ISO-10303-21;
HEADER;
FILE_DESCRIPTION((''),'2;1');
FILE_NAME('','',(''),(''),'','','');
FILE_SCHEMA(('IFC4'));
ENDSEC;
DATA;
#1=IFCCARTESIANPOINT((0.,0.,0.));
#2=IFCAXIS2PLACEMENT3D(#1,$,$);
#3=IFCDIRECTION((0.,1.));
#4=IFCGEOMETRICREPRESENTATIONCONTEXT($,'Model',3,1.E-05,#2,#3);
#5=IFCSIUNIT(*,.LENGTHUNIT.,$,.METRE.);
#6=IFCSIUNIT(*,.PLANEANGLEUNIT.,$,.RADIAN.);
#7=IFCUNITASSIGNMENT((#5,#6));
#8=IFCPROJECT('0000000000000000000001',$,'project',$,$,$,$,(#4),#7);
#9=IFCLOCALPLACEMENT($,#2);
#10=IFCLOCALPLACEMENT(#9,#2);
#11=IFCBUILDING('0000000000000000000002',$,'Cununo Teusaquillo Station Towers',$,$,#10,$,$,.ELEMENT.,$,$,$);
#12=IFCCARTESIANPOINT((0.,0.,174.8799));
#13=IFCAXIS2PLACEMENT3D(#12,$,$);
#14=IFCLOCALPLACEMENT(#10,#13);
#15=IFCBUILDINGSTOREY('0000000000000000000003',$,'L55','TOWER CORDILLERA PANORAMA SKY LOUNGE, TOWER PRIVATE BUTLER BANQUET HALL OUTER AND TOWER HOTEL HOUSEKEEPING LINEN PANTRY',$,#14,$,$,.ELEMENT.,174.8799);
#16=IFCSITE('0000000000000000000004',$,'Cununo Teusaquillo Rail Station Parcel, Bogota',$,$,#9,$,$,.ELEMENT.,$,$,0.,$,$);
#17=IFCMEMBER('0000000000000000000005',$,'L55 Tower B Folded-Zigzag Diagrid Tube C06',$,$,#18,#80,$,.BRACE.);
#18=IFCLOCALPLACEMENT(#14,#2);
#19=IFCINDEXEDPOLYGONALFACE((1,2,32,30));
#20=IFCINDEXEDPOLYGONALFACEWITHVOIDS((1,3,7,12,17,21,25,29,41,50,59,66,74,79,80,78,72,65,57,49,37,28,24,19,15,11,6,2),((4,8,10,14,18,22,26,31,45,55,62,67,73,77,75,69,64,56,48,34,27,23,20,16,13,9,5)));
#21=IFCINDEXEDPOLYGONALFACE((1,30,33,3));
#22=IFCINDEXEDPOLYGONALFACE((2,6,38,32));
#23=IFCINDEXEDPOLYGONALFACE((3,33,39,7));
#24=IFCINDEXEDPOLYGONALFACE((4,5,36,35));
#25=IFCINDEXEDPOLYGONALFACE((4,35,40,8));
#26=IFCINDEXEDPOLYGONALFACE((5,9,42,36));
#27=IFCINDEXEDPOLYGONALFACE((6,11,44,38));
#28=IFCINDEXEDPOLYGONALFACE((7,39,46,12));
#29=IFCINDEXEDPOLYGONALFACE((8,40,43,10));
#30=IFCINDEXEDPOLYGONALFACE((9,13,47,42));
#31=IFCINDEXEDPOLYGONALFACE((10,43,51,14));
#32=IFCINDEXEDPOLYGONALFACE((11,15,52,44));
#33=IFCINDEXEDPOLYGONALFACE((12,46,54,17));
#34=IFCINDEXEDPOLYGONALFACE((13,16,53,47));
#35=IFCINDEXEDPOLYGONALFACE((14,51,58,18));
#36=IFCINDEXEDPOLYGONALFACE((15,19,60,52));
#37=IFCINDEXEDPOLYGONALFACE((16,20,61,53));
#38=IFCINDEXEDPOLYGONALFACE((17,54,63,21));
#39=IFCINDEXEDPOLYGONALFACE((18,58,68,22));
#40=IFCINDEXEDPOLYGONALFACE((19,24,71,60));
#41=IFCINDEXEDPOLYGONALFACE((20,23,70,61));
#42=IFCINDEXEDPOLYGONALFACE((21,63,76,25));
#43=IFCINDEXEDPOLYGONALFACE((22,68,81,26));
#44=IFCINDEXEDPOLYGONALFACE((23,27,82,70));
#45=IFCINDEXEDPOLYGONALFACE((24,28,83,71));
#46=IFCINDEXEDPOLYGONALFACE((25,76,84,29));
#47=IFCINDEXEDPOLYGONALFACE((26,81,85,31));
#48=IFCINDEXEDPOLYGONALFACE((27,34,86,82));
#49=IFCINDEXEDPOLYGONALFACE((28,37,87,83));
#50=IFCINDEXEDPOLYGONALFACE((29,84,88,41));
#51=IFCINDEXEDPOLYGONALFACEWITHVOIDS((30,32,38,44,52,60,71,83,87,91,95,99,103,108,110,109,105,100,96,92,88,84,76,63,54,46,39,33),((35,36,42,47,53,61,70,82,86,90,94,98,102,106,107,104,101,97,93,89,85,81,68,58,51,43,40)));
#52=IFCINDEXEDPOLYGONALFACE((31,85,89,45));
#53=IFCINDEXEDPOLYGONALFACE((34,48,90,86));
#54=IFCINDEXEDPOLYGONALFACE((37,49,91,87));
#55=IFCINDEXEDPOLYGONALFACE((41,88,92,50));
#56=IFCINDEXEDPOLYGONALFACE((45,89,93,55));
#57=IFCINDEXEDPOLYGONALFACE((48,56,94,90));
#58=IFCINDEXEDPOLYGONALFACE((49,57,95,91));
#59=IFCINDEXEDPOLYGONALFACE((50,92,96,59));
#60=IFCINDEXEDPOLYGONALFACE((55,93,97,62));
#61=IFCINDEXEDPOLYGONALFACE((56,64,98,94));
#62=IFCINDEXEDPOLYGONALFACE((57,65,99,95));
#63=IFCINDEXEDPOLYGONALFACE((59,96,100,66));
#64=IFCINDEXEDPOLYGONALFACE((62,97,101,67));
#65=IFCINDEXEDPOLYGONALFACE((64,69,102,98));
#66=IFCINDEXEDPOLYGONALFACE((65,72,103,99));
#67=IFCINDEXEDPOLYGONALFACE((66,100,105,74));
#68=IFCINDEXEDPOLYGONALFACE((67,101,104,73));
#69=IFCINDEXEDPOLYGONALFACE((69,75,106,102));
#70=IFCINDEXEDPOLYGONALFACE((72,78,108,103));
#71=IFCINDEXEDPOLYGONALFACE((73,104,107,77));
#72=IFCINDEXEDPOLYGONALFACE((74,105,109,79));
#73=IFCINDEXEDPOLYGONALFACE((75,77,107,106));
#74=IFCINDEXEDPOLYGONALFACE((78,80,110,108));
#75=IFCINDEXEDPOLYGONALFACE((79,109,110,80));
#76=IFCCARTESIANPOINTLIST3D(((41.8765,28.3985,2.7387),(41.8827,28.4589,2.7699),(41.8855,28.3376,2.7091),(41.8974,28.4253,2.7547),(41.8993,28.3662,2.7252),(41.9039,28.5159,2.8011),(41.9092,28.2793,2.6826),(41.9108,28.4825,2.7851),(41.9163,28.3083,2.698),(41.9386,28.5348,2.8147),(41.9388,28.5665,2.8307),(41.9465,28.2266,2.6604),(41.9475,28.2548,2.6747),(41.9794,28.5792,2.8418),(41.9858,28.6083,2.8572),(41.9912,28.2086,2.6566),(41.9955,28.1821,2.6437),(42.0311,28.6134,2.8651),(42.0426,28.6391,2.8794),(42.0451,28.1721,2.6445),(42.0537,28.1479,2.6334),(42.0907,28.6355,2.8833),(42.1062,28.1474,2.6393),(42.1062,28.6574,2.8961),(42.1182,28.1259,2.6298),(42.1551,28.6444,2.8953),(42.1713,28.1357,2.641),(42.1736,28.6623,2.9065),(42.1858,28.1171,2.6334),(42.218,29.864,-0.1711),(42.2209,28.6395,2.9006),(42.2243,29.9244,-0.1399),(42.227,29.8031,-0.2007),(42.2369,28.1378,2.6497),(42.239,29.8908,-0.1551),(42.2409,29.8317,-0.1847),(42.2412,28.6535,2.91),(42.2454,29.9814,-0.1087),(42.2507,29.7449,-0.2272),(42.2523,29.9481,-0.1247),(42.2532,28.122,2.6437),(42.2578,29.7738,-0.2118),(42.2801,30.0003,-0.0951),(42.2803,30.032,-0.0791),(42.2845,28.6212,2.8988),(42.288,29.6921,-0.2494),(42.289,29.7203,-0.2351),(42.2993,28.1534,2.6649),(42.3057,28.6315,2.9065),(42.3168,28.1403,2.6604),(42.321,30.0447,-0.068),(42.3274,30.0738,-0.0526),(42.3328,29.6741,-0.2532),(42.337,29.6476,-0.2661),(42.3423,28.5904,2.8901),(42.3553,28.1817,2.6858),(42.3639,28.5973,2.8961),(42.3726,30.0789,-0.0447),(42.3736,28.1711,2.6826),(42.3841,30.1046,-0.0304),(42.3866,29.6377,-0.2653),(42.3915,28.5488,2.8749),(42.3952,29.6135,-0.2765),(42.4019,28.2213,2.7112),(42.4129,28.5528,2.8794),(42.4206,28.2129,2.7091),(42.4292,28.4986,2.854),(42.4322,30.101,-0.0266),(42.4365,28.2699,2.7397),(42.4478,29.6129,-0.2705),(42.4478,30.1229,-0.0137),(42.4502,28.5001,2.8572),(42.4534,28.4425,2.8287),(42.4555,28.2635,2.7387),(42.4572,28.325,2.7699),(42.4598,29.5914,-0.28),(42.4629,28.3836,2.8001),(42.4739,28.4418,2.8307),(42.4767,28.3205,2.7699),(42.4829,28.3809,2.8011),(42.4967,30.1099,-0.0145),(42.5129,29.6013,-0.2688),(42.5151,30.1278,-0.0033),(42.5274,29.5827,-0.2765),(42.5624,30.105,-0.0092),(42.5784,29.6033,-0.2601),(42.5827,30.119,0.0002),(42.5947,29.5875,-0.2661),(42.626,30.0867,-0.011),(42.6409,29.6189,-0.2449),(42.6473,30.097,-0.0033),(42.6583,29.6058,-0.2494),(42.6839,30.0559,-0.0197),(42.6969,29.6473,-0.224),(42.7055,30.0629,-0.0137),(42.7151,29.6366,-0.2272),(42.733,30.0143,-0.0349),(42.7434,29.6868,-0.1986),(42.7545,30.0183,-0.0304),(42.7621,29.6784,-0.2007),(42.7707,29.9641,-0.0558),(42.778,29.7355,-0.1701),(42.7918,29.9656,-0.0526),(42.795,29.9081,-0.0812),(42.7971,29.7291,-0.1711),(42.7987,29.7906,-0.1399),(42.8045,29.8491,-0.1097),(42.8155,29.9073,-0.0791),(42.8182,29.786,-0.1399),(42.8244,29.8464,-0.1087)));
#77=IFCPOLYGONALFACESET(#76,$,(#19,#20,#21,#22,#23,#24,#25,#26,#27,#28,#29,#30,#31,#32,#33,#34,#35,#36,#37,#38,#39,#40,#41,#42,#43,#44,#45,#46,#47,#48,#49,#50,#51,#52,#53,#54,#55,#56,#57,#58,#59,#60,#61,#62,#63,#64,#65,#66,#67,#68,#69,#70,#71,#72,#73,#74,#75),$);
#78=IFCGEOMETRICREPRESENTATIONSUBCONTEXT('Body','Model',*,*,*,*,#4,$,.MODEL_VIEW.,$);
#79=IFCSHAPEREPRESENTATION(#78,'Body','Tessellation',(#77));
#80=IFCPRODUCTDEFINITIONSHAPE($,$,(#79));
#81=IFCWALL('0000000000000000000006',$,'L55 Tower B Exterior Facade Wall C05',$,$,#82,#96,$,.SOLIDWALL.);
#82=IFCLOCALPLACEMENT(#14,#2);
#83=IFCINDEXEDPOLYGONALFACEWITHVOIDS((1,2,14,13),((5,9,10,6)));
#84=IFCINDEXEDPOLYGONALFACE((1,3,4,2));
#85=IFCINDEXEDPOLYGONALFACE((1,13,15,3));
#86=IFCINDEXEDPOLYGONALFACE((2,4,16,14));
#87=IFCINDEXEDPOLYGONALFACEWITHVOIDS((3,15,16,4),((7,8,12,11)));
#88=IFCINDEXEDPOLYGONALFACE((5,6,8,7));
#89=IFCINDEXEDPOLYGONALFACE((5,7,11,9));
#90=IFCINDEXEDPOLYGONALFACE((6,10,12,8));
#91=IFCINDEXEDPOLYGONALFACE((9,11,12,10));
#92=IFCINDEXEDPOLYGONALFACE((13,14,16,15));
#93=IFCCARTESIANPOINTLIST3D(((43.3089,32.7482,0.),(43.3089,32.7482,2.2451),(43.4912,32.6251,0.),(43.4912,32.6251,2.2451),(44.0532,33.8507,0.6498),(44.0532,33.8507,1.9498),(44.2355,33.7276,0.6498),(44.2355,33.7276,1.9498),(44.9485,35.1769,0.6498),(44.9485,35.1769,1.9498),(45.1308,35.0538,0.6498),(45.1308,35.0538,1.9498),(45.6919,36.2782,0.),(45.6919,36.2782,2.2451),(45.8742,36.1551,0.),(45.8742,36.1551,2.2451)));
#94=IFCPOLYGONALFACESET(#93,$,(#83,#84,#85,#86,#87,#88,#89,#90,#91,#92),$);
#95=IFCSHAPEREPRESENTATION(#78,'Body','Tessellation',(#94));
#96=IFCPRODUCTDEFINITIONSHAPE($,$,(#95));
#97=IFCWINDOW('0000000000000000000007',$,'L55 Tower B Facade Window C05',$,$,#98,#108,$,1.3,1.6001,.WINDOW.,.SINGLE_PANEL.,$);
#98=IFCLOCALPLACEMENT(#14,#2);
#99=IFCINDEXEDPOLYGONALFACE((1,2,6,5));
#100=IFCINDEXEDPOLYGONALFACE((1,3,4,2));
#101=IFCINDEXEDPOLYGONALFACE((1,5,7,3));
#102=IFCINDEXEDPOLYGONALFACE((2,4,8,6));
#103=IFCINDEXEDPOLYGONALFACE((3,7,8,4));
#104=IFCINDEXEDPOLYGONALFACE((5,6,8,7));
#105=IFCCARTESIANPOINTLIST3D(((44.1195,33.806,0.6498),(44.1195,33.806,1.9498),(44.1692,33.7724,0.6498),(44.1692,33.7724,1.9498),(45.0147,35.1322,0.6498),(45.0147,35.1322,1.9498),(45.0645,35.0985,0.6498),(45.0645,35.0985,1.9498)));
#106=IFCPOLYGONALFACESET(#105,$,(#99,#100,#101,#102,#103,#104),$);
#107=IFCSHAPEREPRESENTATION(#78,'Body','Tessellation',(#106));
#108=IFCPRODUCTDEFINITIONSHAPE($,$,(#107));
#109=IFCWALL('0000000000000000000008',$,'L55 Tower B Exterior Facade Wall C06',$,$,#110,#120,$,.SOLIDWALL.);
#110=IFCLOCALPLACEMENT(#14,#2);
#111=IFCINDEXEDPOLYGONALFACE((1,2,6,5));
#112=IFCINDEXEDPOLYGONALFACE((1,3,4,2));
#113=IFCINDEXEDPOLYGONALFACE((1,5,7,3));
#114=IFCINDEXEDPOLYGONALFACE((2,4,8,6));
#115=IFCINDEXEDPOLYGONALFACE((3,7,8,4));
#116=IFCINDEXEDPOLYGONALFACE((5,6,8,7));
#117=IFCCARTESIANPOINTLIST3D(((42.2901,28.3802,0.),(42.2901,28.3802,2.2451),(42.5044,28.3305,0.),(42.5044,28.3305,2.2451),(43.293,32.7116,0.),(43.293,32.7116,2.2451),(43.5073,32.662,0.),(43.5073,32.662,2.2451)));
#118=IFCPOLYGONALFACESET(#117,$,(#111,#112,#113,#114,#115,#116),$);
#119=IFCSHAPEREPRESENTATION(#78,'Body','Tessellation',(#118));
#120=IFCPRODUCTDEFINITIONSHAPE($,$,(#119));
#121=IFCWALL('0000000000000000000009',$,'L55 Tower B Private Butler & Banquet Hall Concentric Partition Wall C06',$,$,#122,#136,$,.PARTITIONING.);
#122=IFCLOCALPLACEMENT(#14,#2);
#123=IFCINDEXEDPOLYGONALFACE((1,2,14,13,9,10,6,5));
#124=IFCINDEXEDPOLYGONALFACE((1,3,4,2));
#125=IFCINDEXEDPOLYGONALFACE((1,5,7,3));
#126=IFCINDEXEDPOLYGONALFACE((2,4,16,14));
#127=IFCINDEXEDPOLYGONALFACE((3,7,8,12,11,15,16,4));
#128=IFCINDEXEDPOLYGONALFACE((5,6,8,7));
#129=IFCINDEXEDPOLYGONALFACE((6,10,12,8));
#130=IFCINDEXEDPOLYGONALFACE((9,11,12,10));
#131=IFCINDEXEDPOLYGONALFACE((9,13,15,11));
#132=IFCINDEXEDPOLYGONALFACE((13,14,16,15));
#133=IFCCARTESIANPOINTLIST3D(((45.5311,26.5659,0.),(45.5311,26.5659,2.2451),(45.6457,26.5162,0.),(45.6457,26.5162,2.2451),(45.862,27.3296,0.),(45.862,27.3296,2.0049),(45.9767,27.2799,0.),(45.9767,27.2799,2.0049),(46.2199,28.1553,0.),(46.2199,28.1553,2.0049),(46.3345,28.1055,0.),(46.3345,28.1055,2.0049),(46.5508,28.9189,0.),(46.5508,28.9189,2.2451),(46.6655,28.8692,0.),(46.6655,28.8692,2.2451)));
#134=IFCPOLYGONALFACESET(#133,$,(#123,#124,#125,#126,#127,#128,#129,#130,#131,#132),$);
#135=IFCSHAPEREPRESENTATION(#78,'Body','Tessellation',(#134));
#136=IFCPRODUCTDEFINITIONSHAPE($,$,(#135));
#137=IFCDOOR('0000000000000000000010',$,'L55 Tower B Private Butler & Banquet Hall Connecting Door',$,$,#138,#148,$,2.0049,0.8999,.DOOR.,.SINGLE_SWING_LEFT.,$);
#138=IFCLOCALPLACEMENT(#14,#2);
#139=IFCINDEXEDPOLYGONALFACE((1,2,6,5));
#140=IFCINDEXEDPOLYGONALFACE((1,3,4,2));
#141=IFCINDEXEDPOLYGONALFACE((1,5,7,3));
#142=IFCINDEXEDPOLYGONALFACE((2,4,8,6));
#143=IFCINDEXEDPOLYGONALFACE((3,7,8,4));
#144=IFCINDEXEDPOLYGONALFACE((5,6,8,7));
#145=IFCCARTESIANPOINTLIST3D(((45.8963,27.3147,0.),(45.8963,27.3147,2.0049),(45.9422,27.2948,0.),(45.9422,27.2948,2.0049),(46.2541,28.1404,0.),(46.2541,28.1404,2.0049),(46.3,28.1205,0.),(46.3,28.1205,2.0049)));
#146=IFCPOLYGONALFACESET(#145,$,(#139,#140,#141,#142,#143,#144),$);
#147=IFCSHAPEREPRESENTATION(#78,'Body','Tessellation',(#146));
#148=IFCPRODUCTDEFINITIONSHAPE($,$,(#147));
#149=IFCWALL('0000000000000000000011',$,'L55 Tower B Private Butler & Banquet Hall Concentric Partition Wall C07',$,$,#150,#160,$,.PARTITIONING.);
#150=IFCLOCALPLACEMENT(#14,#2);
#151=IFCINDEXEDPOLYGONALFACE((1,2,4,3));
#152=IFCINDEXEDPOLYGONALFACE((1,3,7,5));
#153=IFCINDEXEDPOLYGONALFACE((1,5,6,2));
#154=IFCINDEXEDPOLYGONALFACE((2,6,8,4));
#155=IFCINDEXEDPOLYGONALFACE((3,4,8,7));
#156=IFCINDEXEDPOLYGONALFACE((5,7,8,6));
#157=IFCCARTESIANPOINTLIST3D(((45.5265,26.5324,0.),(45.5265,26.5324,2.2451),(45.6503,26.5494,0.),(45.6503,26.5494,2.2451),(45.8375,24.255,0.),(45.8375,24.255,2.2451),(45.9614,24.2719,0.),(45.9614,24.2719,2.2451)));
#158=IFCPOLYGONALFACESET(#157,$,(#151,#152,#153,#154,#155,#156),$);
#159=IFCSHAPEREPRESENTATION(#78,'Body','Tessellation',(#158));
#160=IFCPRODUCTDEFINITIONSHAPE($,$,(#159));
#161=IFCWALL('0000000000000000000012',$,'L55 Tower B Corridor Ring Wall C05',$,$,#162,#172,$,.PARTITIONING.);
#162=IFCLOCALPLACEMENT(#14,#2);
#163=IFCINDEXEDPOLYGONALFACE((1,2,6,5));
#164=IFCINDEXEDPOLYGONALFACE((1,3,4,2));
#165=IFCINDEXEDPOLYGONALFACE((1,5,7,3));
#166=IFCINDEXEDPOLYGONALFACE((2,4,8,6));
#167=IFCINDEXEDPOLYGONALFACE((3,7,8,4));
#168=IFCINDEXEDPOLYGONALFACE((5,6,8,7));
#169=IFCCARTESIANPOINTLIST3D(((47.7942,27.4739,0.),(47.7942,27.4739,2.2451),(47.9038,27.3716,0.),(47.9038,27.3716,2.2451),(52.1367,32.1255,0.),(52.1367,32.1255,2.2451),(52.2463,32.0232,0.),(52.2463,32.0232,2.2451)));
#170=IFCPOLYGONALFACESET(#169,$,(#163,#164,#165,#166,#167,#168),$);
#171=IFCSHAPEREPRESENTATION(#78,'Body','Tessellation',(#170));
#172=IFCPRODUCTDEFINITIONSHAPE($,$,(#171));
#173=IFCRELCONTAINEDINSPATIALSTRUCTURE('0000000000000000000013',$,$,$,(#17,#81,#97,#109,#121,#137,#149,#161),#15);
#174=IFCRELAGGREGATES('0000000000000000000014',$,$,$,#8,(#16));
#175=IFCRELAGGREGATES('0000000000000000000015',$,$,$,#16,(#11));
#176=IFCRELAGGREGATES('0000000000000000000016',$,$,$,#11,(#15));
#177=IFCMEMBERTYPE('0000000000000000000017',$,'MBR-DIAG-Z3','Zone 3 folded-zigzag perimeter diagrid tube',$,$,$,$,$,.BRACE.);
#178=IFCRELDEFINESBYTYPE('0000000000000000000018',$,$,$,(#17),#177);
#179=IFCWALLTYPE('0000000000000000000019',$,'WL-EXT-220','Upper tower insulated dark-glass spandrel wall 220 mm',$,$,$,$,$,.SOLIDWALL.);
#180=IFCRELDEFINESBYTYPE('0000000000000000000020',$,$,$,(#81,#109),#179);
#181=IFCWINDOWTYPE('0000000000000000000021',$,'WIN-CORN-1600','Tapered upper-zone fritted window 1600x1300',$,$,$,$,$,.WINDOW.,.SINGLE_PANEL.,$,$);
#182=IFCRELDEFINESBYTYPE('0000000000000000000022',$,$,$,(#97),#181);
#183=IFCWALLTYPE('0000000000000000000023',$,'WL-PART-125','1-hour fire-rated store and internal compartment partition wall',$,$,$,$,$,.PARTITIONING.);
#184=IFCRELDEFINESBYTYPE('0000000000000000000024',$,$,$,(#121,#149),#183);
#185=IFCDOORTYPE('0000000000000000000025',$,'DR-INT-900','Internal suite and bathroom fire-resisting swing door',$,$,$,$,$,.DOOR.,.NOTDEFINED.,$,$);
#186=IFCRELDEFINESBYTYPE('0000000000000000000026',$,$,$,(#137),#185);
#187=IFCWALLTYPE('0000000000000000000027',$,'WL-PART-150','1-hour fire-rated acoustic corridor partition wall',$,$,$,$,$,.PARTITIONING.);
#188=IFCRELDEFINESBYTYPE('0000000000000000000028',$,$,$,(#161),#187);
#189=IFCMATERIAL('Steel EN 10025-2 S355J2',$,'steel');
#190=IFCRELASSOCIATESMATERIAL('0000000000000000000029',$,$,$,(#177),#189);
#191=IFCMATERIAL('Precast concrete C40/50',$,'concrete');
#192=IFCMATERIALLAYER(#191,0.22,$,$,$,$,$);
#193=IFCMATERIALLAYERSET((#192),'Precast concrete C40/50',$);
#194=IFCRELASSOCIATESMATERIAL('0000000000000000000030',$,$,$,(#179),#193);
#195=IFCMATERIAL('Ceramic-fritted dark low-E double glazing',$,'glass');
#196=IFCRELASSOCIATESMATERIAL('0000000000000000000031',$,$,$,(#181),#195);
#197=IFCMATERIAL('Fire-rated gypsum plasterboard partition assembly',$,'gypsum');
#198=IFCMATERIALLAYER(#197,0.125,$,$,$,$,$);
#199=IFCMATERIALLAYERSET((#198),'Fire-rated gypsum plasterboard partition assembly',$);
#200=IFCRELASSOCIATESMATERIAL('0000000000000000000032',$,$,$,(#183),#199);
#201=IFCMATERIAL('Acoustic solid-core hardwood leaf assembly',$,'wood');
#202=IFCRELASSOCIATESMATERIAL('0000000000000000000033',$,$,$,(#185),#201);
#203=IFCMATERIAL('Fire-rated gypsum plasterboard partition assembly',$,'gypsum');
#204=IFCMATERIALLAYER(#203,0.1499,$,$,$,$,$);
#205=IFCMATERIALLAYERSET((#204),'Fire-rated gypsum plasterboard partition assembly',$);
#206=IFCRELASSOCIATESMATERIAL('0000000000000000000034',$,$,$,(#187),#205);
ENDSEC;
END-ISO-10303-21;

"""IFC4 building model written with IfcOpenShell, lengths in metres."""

from ifc_helpers import new_model, si_unit, direction, frame, frame_2d, origin, origin_2d, place, context, subcontext, project, spatial, rectangle, hollow_circle, extrude, source, transform, mapped, material, layer, layer_set, material_profile, profile_set, type_object, element, fill, save


model = new_model("IFC4")

# Units and contexts
model_context = context("Model", 3, precision=1e-05, world=origin(), true_north=direction((0.0, 1.0)))
body_context = subcontext(model_context, "Body", "Model", "MODEL_VIEW")
ifc_project = project(units=[si_unit("LENGTHUNIT", "METRE"), si_unit("PLANEANGLEUNIT", "RADIAN")], contexts=[model_context])

# Site, building, storey
site_placement = place(None, origin())
site = spatial("IfcSite", under=ifc_project, at=site_placement, Name="Cununo Teusaquillo Rail Station Parcel, Bogota", CompositionType="ELEMENT", RefElevation=0.0)
building_placement = place(site_placement, origin())
building = spatial("IfcBuilding", under=site, at=building_placement, Name="Cununo Teusaquillo Station Towers", CompositionType="ELEMENT")
storey_placement = place(building_placement, frame((0.0, 0.0, 174.8799)))
storey = spatial("IfcBuildingStorey", under=building, at=storey_placement, Name="L55", Description="TOWER CORDILLERA PANORAMA SKY LOUNGE, TOWER PRIVATE BUTLER BANQUET HALL OUTER AND TOWER HOTEL HOUSEKEEPING LINEN PANTRY", CompositionType="ELEMENT", Elevation=174.8799)

# Member
ifc_material_1 = material(Name="Steel EN 10025-2 S355J2", Category="steel")
ifc_material_profile_1 = material_profile(ifc_material_1, hollow_circle(Radius=0.3049, WallThickness=0.02, at=origin_2d()), Name="CHS 610x20")
ifc_profile_set_1 = profile_set([ifc_material_profile_1], Name="Steel EN 10025-2 S355J2")
member_type = type_object("IfcMemberType", Name="MBR-DIAG-Z3", Description="Zone 3 folded-zigzag perimeter diagrid tube", PredefinedType="BRACE", material=ifc_profile_set_1)
member_placement = place(storey_placement, frame((42.5212, 29.8552, -0.1399), z_axis=(-0.104259, -0.447368, 0.888252), x_axis=(0.973902, -0.226968, 0.0)))
element("IfcMember", 1, at=member_placement, inside=storey, type_object=member_type, Name="L55 Tower B Folded-Zigzag Diagrid Tube C06", PredefinedType="BRACE", context=body_context, shape_type="SweptSolid", body=[
    extrude(hollow_circle(Radius=0.3049, WallThickness=0.02, at=origin_2d()), origin(), (0.0, 0.0, 1.0), 3.2759),
])

# Wall, opening, window
ifc_material_2 = material(Name="Precast concrete C40/50", Category="concrete")
ifc_layer_1 = layer(ifc_material_2, 0.22)
ifc_layer_set_1 = layer_set([ifc_layer_1], Name="Precast concrete C40/50")
wall_type_1 = type_object("IfcWallType", Name="WL-EXT-220", Description="Upper tower insulated dark-glass spandrel wall 220 mm", PredefinedType="SOLIDWALL", material=ifc_layer_set_1)
wall_1_placement = place(storey_placement, frame((43.4001, 32.6868, 0.0), z_axis=(0.0, 0.0, 1.0), x_axis=(0.559519, 0.828817, 0.0)))
wall_1 = element("IfcWall", 2, at=wall_1_placement, inside=storey, type_object=wall_type_1, Name="L55 Tower B Exterior Facade Wall C05", PredefinedType="SOLIDWALL", context=body_context, shape_type="SweptSolid", body=[
    extrude(rectangle(XDim=4.259, YDim=0.22, at=frame_2d((2.1294, 0.0))), origin(), (0.0, 0.0, 1.0), 2.2451),
])
shared_shape_1 = source(origin(), body_context, "Body", "SweptSolid", [
    extrude(rectangle(XDim=1.6001, YDim=1.3, at=frame_2d((0.8, 0.6499))), frame((0.0, 0.1199, 0.0), z_axis=(0.0, -1.0, 0.0), x_axis=(1.0, 0.0, 0.0)), (0.0, 0.0, 1.0), 0.24),
])
opening_1_placement = place(wall_1_placement, frame((1.3301, 0.0, 0.6499)))
opening_1 = element("IfcOpeningElement", 3, at=opening_1_placement, cuts=wall_1, PredefinedType="OPENING", context=body_context, shape_type="MappedRepresentation", body=[
    mapped(shared_shape_1, transform((0.0, 0.0, 0.0), x_axis=(1.0, 0.0, 0.0), y_axis=(0.0, 1.0, 0.0), z_axis=(0.0, 0.0, 1.0), scale=1.0)),
])
ifc_material_3 = material(Name="Ceramic-fritted dark low-E double glazing", Category="glass")
window_type = type_object("IfcWindowType", Name="WIN-CORN-1600", Description="Tapered upper-zone fritted window 1600x1300", PartitioningType="SINGLE_PANEL", PredefinedType="WINDOW", material=ifc_material_3)
shared_shape_2 = source(origin(), body_context, "Body", "SweptSolid", [
    extrude(rectangle(XDim=1.6001, YDim=1.3, at=frame_2d((0.8, 0.6499))), frame((0.0, 0.03, 0.0), z_axis=(0.0, -1.0, 0.0), x_axis=(1.0, 0.0, 0.0)), (0.0, 0.0, 1.0), 0.0601),
])
window_placement = place(opening_1_placement, origin())
window = element("IfcWindow", 4, at=window_placement, inside=storey, type_object=window_type, Name="L55 Tower B Facade Window C05", OverallHeight=1.3, OverallWidth=1.6001, PartitioningType="SINGLE_PANEL", PredefinedType="WINDOW", context=body_context, shape_type="MappedRepresentation", body=[
    mapped(shared_shape_2, transform((0.0, 0.0, 0.0), x_axis=(1.0, 0.0, 0.0), y_axis=(0.0, 1.0, 0.0), z_axis=(0.0, 0.0, 1.0), scale=1.0)),
])
fill(opening_1, window)

# Wall
wall_2_placement = place(storey_placement, frame((42.3972, 28.3552, 0.0), z_axis=(0.0, 0.0, 1.0), x_axis=(0.225573, 0.974226, 0.0)))
element("IfcWall", 5, at=wall_2_placement, inside=storey, type_object=wall_type_1, Name="L55 Tower B Exterior Facade Wall C06", PredefinedType="SOLIDWALL", context=body_context, shape_type="SweptSolid", body=[
    extrude(rectangle(XDim=4.446, YDim=0.22, at=frame_2d((2.2231, 0.0))), origin(), (0.0, 0.0, 1.0), 2.2451),
])

# Wall, opening, door
ifc_material_4 = material(Name="Fire-rated gypsum plasterboard partition assembly", Category="gypsum")
ifc_layer_2 = layer(ifc_material_4, 0.125)
ifc_layer_set_2 = layer_set([ifc_layer_2], Name="Fire-rated gypsum plasterboard partition assembly")
wall_type_2 = type_object("IfcWallType", Name="WL-PART-125", Description="1-hour fire-rated store and internal compartment partition wall", PredefinedType="PARTITIONING", material=ifc_layer_set_2)
wall_3_placement = place(storey_placement, frame((46.6082, 28.894, 0.0), z_axis=(0.0, 0.0, 1.0), x_axis=(-0.39765, -0.917537, 0.0)))
wall_3 = element("IfcWall", 6, at=wall_3_placement, inside=storey, type_object=wall_type_2, Name="L55 Tower B Private Butler & Banquet Hall Concentric Partition Wall C06", PredefinedType="PARTITIONING", context=body_context, shape_type="SweptSolid", body=[
    extrude(rectangle(XDim=2.5645, YDim=0.125, at=frame_2d((1.2822, 0.0))), origin(), (0.0, 0.0, 1.0), 2.2451),
])
shared_shape_3 = source(origin(), body_context, "Body", "SweptSolid", [
    extrude(rectangle(XDim=0.8999, YDim=2.0049, at=frame_2d((0.45, 1.0024))), frame((0.0, 0.0725, 0.0), z_axis=(0.0, -1.0, 0.0), x_axis=(1.0, 0.0, 0.0)), (0.0, 0.0, 1.0), 0.145),
])
opening_2_placement = place(wall_3_placement, frame((0.8323, 0.0, 0.0)))
opening_2 = element("IfcOpeningElement", 7, at=opening_2_placement, cuts=wall_3, PredefinedType="OPENING", context=body_context, shape_type="MappedRepresentation", body=[
    mapped(shared_shape_3, transform((0.0, 0.0, 0.0), x_axis=(1.0, 0.0, 0.0), y_axis=(0.0, 1.0, 0.0), z_axis=(0.0, 0.0, 1.0), scale=1.0)),
])
ifc_material_5 = material(Name="Acoustic solid-core hardwood leaf assembly", Category="wood")
door_type_1 = type_object("IfcDoorType", Name="DR-INT-900", Description="Internal suite and bathroom fire-resisting swing door", OperationType="NOTDEFINED", PredefinedType="DOOR", material=ifc_material_5)
shared_shape_4 = source(origin(), body_context, "Body", "SweptSolid", [
    extrude(rectangle(XDim=0.8999, YDim=2.0049, at=frame_2d((0.45, 1.0024))), frame((0.0, 0.0249, 0.0), z_axis=(0.0, -1.0, 0.0), x_axis=(1.0, 0.0, 0.0)), (0.0, 0.0, 1.0), 0.05),
])
door_1_placement = place(opening_2_placement, origin())
door_1 = element("IfcDoor", 8, at=door_1_placement, inside=storey, type_object=door_type_1, Name="L55 Tower B Private Butler & Banquet Hall Connecting Door", OperationType="SINGLE_SWING_LEFT", OverallHeight=2.0049, OverallWidth=0.8999, PredefinedType="DOOR", context=body_context, shape_type="MappedRepresentation", body=[
    mapped(shared_shape_4, transform((0.0, 0.0, 0.0), x_axis=(1.0, 0.0, 0.0), y_axis=(0.0, 1.0, 0.0), z_axis=(0.0, 0.0, 1.0), scale=1.0)),
])
fill(opening_2, door_1)

# Walls
wall_4_placement = place(storey_placement, frame((45.5884, 26.541, 0.0), z_axis=(0.0, 0.0, 1.0), x_axis=(0.135322, -0.990802, 0.0)))
element("IfcWall", 9, at=wall_4_placement, inside=storey, type_object=wall_type_2, Name="L55 Tower B Private Butler & Banquet Hall Concentric Partition Wall C07", PredefinedType="PARTITIONING", context=body_context, shape_type="SweptSolid", body=[
    extrude(rectangle(XDim=2.2986, YDim=0.125, at=frame_2d((1.1494, 0.0))), origin(), (0.0, 0.0, 1.0), 2.2451),
])
ifc_material_6 = material(Name="Fire-rated gypsum plasterboard partition assembly", Category="gypsum")
ifc_layer_3 = layer(ifc_material_6, 0.1499)
ifc_layer_set_3 = layer_set([ifc_layer_3], Name="Fire-rated gypsum plasterboard partition assembly")
wall_type_3 = type_object("IfcWallType", Name="WL-PART-150", Description="1-hour fire-rated acoustic corridor partition wall", PredefinedType="PARTITIONING", material=ifc_layer_set_3)
wall_5_placement = place(storey_placement, frame((52.1914, 32.0742, 0.0), z_axis=(0.0, 0.0, 1.0), x_axis=(-0.682404, -0.730975, 0.0)))
element("IfcWall", 10, at=wall_5_placement, inside=storey, type_object=wall_type_3, Name="L55 Tower B Corridor Ring Wall C05", PredefinedType="PARTITIONING", context=body_context, shape_type="SweptSolid", body=[
    extrude(rectangle(XDim=6.3635, YDim=0.1499, at=frame_2d((3.1816, 0.0))), origin(), (0.0, 0.0, 1.0), 2.2451),
])

save(model, "model.ifc")
